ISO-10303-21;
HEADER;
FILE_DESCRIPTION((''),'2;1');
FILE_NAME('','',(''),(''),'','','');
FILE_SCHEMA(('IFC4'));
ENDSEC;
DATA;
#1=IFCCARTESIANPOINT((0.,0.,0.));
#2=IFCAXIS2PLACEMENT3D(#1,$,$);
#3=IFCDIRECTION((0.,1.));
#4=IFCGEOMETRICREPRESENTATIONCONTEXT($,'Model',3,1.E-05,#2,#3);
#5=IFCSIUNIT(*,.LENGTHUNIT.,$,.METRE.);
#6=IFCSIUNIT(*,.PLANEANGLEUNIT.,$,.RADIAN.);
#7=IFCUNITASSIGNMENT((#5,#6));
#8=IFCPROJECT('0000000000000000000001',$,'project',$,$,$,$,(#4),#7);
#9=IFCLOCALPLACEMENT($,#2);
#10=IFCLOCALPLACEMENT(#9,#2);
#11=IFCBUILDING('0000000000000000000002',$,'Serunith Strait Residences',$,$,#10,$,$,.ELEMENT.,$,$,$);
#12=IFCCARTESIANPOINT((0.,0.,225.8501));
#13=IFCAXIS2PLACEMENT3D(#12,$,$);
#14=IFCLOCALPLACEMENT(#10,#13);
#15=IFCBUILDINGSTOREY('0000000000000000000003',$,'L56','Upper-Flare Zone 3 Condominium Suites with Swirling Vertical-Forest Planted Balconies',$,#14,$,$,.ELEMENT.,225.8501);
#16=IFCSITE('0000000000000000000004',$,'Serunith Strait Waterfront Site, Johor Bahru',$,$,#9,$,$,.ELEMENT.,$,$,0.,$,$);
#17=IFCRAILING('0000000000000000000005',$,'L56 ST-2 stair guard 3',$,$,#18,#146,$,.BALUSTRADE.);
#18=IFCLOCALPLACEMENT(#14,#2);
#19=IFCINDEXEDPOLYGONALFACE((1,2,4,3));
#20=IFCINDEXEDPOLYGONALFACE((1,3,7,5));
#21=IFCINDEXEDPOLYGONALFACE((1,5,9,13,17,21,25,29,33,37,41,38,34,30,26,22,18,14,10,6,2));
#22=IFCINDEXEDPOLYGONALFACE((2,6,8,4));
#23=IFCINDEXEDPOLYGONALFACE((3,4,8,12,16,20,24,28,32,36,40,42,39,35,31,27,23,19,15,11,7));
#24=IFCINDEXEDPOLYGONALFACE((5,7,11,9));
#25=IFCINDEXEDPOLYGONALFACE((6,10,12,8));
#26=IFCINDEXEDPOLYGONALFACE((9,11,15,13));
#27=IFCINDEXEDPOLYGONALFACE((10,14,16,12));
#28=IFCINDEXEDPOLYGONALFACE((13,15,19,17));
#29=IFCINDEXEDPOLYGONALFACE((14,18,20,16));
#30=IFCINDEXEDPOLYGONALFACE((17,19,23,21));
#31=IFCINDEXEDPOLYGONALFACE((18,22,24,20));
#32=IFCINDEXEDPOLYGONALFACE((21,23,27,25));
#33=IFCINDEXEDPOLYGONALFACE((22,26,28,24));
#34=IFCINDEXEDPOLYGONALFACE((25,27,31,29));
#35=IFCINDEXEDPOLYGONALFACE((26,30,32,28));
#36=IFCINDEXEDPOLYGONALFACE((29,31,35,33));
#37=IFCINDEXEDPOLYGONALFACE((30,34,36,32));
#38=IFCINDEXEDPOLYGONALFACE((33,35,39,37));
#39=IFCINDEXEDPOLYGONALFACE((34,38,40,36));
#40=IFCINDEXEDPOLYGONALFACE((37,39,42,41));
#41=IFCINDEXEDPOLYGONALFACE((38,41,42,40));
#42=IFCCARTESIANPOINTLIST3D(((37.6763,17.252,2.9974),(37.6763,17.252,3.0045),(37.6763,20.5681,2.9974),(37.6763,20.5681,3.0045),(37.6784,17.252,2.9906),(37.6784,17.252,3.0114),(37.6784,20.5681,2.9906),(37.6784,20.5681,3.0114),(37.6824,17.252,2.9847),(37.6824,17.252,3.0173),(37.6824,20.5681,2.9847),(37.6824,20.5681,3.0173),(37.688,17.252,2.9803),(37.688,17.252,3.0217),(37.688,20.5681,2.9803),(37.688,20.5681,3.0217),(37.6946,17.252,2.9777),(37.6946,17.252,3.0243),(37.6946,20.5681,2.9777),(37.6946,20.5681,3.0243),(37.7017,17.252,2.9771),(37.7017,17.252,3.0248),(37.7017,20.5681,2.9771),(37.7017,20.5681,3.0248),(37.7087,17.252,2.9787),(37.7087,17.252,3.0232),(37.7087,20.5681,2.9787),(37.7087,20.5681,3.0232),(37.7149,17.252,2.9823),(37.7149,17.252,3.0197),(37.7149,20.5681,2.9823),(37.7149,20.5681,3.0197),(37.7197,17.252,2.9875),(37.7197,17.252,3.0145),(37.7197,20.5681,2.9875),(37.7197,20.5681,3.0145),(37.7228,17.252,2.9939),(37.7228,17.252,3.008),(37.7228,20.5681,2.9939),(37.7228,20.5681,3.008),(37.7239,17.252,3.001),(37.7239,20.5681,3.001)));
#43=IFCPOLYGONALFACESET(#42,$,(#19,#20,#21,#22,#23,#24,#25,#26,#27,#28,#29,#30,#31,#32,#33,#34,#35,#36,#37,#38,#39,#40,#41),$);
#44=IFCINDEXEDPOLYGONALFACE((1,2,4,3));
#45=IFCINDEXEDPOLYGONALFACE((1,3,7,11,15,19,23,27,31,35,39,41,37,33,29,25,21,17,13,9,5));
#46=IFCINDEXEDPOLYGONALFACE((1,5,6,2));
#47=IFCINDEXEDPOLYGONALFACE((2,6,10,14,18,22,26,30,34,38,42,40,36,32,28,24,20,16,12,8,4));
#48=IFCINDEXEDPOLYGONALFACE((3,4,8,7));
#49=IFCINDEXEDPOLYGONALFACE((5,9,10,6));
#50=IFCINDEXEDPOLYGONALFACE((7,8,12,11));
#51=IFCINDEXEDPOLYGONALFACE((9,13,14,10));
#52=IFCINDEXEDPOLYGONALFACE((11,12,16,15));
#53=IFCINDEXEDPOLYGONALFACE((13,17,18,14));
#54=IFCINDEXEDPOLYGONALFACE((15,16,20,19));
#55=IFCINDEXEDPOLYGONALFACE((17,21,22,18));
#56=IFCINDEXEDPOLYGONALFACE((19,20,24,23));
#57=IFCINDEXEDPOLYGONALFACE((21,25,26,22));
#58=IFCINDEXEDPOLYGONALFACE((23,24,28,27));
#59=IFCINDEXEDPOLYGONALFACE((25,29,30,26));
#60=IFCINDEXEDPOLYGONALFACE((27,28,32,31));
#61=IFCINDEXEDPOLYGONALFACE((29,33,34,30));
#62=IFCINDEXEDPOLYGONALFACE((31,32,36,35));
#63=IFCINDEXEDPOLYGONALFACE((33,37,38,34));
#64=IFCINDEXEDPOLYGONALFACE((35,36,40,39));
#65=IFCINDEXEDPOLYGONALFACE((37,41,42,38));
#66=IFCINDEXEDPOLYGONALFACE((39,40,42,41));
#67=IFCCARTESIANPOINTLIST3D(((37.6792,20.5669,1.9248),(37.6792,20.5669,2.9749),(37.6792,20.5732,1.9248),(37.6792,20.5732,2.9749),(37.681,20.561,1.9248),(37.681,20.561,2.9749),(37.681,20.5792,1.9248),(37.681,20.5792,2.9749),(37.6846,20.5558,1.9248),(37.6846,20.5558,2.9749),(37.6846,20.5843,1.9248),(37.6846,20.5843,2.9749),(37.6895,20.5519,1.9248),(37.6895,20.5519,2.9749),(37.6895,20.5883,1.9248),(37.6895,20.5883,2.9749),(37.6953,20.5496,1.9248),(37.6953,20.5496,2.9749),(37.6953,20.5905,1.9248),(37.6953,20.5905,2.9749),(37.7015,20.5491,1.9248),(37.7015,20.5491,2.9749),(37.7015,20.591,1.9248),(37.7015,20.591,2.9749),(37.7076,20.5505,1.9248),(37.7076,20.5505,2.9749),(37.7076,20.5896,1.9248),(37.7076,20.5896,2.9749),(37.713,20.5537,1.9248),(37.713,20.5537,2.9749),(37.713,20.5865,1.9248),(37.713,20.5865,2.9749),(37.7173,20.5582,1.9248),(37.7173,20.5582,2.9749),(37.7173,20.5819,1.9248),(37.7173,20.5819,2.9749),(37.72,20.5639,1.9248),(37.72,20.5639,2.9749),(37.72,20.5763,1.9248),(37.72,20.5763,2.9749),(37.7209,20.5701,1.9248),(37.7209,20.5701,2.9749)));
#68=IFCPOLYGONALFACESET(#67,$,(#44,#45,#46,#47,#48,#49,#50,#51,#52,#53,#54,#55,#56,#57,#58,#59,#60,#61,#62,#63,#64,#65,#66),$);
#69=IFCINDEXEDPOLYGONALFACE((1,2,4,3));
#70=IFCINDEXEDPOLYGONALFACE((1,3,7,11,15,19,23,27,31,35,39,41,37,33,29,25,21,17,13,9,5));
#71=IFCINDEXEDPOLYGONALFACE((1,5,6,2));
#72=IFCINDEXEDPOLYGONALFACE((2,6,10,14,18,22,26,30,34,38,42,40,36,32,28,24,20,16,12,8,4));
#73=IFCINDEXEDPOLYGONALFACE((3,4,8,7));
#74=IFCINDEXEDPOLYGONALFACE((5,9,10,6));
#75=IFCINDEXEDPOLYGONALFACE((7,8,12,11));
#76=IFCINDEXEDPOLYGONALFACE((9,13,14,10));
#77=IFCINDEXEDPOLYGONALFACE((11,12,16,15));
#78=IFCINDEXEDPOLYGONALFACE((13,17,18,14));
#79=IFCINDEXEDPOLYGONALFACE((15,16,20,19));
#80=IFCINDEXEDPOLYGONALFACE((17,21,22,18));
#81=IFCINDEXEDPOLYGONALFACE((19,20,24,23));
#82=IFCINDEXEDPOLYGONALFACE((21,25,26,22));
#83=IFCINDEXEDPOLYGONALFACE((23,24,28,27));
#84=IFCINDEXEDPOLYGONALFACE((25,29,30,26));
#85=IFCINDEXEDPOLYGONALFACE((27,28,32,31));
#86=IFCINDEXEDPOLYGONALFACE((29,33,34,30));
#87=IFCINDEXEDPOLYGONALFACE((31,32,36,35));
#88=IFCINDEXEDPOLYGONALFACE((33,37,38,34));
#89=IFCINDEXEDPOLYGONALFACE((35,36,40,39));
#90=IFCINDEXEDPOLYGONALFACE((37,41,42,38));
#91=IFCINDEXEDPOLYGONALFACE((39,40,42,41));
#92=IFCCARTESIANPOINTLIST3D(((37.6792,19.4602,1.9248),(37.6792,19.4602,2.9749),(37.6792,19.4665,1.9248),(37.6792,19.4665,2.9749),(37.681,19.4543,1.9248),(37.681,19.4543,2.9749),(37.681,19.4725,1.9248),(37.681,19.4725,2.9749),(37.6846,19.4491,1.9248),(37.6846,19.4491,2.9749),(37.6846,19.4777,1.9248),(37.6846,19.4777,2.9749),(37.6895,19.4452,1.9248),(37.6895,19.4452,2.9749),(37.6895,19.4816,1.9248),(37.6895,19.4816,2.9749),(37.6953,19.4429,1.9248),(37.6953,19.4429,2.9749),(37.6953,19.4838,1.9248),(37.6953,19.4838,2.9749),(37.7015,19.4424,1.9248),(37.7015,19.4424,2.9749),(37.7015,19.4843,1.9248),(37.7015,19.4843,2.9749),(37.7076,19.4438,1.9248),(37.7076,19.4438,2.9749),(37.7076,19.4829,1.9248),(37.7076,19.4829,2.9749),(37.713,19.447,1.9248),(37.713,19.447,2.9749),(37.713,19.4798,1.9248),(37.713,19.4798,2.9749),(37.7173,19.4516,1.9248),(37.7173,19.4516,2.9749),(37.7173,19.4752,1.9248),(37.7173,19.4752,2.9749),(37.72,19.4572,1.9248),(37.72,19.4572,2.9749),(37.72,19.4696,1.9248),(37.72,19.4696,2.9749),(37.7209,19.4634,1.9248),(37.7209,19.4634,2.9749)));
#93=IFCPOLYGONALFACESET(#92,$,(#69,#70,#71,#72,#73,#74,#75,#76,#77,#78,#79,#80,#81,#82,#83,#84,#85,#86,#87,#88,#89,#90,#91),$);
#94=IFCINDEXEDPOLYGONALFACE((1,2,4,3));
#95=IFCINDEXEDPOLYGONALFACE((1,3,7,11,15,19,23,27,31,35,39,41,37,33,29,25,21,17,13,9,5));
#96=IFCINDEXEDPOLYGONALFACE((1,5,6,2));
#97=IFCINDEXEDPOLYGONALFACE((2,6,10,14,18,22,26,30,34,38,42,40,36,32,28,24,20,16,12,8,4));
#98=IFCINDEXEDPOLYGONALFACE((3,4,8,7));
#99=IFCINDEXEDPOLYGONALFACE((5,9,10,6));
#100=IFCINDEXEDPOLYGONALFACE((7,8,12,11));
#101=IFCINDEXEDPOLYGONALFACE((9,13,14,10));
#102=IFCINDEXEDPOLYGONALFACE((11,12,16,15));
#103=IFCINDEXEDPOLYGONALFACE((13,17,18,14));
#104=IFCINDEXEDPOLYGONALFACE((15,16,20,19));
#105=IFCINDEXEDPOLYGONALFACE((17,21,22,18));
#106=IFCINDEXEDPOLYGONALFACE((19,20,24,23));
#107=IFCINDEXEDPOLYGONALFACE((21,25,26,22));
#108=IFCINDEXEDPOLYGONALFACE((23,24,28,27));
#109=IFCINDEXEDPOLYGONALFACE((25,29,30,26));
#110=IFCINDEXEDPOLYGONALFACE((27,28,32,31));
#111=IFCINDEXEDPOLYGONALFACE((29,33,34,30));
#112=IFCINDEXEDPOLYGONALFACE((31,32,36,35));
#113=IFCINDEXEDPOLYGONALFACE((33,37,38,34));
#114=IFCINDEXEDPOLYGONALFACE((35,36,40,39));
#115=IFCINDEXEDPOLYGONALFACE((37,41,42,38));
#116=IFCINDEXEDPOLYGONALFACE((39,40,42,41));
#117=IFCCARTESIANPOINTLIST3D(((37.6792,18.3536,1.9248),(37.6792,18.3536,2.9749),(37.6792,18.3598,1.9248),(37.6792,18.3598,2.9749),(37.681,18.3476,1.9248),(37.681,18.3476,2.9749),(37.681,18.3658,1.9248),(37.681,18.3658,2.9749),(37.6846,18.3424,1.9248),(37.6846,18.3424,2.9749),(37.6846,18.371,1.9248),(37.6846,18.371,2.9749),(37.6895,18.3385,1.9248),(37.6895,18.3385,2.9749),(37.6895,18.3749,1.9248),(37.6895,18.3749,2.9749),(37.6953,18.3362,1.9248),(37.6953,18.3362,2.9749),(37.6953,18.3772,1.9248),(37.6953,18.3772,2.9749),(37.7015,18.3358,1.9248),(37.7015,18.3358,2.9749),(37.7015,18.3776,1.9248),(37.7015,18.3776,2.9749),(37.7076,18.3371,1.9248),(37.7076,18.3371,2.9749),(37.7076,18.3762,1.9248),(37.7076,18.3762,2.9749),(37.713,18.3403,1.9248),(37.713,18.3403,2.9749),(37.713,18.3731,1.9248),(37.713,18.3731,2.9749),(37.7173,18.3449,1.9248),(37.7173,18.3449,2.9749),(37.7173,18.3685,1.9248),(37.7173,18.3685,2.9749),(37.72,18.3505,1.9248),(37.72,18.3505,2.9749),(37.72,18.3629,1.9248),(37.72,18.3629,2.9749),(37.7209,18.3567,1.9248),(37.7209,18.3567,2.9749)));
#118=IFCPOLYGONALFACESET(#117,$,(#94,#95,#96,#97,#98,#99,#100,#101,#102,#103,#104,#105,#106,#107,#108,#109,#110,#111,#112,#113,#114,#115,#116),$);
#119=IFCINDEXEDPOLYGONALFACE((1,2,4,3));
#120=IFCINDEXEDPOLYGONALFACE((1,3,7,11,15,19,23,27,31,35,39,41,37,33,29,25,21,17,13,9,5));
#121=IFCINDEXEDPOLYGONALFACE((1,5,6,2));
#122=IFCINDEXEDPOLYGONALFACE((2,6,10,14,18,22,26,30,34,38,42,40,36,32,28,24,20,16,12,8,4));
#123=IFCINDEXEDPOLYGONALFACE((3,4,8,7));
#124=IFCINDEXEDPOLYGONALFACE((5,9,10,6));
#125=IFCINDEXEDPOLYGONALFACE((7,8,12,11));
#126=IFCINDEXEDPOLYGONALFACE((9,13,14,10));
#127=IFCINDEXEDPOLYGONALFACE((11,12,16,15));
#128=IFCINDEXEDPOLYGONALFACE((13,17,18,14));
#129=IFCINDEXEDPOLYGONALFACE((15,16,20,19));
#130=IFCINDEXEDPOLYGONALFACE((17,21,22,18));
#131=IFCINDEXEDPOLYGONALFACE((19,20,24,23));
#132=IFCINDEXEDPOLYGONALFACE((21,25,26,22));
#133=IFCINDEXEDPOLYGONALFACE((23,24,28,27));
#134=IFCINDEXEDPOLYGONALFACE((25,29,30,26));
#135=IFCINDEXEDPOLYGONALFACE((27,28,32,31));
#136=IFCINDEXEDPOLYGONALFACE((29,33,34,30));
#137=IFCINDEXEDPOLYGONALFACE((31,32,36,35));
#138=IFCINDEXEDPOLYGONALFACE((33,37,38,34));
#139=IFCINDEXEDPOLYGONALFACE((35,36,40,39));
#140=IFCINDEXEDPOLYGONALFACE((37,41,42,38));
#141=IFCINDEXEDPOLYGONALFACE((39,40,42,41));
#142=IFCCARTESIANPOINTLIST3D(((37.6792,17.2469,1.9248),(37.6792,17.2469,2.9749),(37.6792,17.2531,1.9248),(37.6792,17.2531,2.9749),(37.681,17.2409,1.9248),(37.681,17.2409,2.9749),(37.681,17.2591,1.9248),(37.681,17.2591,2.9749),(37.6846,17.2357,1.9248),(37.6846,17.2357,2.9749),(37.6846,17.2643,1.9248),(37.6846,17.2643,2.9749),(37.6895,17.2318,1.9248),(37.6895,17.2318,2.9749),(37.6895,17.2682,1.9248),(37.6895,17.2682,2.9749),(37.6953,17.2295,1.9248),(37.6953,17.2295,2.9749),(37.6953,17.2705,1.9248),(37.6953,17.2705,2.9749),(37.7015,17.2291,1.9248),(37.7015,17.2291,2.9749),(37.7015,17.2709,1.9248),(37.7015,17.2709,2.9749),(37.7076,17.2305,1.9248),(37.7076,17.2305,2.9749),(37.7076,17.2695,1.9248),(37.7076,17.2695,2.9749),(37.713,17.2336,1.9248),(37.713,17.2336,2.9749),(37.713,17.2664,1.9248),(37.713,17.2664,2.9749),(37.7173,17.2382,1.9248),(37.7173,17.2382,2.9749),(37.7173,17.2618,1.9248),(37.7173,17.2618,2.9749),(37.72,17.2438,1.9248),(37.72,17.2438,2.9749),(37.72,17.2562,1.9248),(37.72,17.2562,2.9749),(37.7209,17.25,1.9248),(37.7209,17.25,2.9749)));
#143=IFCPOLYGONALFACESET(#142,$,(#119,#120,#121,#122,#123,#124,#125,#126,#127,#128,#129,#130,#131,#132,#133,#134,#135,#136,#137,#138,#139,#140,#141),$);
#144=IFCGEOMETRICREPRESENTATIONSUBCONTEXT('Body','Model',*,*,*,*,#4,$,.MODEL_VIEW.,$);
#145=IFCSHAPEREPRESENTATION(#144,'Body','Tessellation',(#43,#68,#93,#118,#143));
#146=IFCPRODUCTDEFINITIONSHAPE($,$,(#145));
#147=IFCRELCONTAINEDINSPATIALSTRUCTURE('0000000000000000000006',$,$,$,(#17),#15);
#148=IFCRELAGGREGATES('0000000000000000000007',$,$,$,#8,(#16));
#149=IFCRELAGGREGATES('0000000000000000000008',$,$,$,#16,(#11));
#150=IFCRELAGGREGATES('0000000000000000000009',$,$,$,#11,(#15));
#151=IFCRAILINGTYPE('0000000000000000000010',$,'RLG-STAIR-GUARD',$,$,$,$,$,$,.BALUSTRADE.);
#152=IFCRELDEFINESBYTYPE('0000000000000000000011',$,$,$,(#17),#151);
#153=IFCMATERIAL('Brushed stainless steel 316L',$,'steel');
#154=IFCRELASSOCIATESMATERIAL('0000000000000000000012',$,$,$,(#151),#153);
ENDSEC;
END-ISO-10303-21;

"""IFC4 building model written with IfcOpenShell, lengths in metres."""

from ifc_helpers import new_model, si_unit, direction, frame, origin, origin_2d, place, context, subcontext, project, spatial, circle, extrude, material, type_object, element, save


model = new_model("IFC4")

# Units and contexts
model_context = context("Model", 3, precision=1e-05, world=origin(), true_north=direction((0.0, 1.0)))
body_context = subcontext(model_context, "Body", "Model", "MODEL_VIEW")
ifc_project = project(units=[si_unit("LENGTHUNIT", "METRE"), si_unit("PLANEANGLEUNIT", "RADIAN")], contexts=[model_context])

# Site, building, storey
site_placement = place(None, origin())
site = spatial("IfcSite", under=ifc_project, at=site_placement, Name="Serunith Strait Waterfront Site, Johor Bahru", CompositionType="ELEMENT", RefElevation=0.0)
building_placement = place(site_placement, origin())
building = spatial("IfcBuilding", under=site, at=building_placement, Name="Serunith Strait Residences", CompositionType="ELEMENT")
storey_placement = place(building_placement, frame((0.0, 0.0, 225.8501)))
storey = spatial("IfcBuildingStorey", under=building, at=storey_placement, Name="L56", Description="Upper-Flare Zone 3 Condominium Suites with Swirling Vertical-Forest Planted Balconies", CompositionType="ELEMENT", Elevation=225.8501)

# Railing
ifc_material_1 = material(Name="Brushed stainless steel 316L", Category="steel")
railing_type_1 = type_object("IfcRailingType", Name="RLG-STAIR-GUARD", PredefinedType="BALUSTRADE", material=ifc_material_1)
for number, where, name in (
    (1, (37.7, 20.5701, 1.9248), "L56 ST-2 stair guard 3"),
):
    element("IfcRailing", number, at=place(storey_placement, frame(where)), inside=storey, type_object=railing_type_1, Name=name, PredefinedType="BALUSTRADE", context=body_context, shape_type="SweptSolid", body=[
        extrude(circle(Radius=0.0239, at=origin_2d()), frame((0.0, -0.002, 1.0762), z_axis=(0.0, -1.0, 0.0), x_axis=(1.0, 0.0, 0.0)), (0.0, 0.0, 1.0), 3.3162),
        extrude(circle(Radius=0.021, at=origin_2d()), origin(), (0.0, 0.0, 1.0), 1.05),
        extrude(circle(Radius=0.021, at=origin_2d()), frame((0.0, -1.1067, 0.0)), (0.0, 0.0, 1.0), 1.05),
        extrude(circle(Radius=0.021, at=origin_2d()), frame((0.0, -2.2134, 0.0)), (0.0, 0.0, 1.0), 1.05),
        extrude(circle(Radius=0.021, at=origin_2d()), frame((0.0, -3.3201, 0.0)), (0.0, 0.0, 1.0), 1.05),
    ])

save(model, "model.ifc")
